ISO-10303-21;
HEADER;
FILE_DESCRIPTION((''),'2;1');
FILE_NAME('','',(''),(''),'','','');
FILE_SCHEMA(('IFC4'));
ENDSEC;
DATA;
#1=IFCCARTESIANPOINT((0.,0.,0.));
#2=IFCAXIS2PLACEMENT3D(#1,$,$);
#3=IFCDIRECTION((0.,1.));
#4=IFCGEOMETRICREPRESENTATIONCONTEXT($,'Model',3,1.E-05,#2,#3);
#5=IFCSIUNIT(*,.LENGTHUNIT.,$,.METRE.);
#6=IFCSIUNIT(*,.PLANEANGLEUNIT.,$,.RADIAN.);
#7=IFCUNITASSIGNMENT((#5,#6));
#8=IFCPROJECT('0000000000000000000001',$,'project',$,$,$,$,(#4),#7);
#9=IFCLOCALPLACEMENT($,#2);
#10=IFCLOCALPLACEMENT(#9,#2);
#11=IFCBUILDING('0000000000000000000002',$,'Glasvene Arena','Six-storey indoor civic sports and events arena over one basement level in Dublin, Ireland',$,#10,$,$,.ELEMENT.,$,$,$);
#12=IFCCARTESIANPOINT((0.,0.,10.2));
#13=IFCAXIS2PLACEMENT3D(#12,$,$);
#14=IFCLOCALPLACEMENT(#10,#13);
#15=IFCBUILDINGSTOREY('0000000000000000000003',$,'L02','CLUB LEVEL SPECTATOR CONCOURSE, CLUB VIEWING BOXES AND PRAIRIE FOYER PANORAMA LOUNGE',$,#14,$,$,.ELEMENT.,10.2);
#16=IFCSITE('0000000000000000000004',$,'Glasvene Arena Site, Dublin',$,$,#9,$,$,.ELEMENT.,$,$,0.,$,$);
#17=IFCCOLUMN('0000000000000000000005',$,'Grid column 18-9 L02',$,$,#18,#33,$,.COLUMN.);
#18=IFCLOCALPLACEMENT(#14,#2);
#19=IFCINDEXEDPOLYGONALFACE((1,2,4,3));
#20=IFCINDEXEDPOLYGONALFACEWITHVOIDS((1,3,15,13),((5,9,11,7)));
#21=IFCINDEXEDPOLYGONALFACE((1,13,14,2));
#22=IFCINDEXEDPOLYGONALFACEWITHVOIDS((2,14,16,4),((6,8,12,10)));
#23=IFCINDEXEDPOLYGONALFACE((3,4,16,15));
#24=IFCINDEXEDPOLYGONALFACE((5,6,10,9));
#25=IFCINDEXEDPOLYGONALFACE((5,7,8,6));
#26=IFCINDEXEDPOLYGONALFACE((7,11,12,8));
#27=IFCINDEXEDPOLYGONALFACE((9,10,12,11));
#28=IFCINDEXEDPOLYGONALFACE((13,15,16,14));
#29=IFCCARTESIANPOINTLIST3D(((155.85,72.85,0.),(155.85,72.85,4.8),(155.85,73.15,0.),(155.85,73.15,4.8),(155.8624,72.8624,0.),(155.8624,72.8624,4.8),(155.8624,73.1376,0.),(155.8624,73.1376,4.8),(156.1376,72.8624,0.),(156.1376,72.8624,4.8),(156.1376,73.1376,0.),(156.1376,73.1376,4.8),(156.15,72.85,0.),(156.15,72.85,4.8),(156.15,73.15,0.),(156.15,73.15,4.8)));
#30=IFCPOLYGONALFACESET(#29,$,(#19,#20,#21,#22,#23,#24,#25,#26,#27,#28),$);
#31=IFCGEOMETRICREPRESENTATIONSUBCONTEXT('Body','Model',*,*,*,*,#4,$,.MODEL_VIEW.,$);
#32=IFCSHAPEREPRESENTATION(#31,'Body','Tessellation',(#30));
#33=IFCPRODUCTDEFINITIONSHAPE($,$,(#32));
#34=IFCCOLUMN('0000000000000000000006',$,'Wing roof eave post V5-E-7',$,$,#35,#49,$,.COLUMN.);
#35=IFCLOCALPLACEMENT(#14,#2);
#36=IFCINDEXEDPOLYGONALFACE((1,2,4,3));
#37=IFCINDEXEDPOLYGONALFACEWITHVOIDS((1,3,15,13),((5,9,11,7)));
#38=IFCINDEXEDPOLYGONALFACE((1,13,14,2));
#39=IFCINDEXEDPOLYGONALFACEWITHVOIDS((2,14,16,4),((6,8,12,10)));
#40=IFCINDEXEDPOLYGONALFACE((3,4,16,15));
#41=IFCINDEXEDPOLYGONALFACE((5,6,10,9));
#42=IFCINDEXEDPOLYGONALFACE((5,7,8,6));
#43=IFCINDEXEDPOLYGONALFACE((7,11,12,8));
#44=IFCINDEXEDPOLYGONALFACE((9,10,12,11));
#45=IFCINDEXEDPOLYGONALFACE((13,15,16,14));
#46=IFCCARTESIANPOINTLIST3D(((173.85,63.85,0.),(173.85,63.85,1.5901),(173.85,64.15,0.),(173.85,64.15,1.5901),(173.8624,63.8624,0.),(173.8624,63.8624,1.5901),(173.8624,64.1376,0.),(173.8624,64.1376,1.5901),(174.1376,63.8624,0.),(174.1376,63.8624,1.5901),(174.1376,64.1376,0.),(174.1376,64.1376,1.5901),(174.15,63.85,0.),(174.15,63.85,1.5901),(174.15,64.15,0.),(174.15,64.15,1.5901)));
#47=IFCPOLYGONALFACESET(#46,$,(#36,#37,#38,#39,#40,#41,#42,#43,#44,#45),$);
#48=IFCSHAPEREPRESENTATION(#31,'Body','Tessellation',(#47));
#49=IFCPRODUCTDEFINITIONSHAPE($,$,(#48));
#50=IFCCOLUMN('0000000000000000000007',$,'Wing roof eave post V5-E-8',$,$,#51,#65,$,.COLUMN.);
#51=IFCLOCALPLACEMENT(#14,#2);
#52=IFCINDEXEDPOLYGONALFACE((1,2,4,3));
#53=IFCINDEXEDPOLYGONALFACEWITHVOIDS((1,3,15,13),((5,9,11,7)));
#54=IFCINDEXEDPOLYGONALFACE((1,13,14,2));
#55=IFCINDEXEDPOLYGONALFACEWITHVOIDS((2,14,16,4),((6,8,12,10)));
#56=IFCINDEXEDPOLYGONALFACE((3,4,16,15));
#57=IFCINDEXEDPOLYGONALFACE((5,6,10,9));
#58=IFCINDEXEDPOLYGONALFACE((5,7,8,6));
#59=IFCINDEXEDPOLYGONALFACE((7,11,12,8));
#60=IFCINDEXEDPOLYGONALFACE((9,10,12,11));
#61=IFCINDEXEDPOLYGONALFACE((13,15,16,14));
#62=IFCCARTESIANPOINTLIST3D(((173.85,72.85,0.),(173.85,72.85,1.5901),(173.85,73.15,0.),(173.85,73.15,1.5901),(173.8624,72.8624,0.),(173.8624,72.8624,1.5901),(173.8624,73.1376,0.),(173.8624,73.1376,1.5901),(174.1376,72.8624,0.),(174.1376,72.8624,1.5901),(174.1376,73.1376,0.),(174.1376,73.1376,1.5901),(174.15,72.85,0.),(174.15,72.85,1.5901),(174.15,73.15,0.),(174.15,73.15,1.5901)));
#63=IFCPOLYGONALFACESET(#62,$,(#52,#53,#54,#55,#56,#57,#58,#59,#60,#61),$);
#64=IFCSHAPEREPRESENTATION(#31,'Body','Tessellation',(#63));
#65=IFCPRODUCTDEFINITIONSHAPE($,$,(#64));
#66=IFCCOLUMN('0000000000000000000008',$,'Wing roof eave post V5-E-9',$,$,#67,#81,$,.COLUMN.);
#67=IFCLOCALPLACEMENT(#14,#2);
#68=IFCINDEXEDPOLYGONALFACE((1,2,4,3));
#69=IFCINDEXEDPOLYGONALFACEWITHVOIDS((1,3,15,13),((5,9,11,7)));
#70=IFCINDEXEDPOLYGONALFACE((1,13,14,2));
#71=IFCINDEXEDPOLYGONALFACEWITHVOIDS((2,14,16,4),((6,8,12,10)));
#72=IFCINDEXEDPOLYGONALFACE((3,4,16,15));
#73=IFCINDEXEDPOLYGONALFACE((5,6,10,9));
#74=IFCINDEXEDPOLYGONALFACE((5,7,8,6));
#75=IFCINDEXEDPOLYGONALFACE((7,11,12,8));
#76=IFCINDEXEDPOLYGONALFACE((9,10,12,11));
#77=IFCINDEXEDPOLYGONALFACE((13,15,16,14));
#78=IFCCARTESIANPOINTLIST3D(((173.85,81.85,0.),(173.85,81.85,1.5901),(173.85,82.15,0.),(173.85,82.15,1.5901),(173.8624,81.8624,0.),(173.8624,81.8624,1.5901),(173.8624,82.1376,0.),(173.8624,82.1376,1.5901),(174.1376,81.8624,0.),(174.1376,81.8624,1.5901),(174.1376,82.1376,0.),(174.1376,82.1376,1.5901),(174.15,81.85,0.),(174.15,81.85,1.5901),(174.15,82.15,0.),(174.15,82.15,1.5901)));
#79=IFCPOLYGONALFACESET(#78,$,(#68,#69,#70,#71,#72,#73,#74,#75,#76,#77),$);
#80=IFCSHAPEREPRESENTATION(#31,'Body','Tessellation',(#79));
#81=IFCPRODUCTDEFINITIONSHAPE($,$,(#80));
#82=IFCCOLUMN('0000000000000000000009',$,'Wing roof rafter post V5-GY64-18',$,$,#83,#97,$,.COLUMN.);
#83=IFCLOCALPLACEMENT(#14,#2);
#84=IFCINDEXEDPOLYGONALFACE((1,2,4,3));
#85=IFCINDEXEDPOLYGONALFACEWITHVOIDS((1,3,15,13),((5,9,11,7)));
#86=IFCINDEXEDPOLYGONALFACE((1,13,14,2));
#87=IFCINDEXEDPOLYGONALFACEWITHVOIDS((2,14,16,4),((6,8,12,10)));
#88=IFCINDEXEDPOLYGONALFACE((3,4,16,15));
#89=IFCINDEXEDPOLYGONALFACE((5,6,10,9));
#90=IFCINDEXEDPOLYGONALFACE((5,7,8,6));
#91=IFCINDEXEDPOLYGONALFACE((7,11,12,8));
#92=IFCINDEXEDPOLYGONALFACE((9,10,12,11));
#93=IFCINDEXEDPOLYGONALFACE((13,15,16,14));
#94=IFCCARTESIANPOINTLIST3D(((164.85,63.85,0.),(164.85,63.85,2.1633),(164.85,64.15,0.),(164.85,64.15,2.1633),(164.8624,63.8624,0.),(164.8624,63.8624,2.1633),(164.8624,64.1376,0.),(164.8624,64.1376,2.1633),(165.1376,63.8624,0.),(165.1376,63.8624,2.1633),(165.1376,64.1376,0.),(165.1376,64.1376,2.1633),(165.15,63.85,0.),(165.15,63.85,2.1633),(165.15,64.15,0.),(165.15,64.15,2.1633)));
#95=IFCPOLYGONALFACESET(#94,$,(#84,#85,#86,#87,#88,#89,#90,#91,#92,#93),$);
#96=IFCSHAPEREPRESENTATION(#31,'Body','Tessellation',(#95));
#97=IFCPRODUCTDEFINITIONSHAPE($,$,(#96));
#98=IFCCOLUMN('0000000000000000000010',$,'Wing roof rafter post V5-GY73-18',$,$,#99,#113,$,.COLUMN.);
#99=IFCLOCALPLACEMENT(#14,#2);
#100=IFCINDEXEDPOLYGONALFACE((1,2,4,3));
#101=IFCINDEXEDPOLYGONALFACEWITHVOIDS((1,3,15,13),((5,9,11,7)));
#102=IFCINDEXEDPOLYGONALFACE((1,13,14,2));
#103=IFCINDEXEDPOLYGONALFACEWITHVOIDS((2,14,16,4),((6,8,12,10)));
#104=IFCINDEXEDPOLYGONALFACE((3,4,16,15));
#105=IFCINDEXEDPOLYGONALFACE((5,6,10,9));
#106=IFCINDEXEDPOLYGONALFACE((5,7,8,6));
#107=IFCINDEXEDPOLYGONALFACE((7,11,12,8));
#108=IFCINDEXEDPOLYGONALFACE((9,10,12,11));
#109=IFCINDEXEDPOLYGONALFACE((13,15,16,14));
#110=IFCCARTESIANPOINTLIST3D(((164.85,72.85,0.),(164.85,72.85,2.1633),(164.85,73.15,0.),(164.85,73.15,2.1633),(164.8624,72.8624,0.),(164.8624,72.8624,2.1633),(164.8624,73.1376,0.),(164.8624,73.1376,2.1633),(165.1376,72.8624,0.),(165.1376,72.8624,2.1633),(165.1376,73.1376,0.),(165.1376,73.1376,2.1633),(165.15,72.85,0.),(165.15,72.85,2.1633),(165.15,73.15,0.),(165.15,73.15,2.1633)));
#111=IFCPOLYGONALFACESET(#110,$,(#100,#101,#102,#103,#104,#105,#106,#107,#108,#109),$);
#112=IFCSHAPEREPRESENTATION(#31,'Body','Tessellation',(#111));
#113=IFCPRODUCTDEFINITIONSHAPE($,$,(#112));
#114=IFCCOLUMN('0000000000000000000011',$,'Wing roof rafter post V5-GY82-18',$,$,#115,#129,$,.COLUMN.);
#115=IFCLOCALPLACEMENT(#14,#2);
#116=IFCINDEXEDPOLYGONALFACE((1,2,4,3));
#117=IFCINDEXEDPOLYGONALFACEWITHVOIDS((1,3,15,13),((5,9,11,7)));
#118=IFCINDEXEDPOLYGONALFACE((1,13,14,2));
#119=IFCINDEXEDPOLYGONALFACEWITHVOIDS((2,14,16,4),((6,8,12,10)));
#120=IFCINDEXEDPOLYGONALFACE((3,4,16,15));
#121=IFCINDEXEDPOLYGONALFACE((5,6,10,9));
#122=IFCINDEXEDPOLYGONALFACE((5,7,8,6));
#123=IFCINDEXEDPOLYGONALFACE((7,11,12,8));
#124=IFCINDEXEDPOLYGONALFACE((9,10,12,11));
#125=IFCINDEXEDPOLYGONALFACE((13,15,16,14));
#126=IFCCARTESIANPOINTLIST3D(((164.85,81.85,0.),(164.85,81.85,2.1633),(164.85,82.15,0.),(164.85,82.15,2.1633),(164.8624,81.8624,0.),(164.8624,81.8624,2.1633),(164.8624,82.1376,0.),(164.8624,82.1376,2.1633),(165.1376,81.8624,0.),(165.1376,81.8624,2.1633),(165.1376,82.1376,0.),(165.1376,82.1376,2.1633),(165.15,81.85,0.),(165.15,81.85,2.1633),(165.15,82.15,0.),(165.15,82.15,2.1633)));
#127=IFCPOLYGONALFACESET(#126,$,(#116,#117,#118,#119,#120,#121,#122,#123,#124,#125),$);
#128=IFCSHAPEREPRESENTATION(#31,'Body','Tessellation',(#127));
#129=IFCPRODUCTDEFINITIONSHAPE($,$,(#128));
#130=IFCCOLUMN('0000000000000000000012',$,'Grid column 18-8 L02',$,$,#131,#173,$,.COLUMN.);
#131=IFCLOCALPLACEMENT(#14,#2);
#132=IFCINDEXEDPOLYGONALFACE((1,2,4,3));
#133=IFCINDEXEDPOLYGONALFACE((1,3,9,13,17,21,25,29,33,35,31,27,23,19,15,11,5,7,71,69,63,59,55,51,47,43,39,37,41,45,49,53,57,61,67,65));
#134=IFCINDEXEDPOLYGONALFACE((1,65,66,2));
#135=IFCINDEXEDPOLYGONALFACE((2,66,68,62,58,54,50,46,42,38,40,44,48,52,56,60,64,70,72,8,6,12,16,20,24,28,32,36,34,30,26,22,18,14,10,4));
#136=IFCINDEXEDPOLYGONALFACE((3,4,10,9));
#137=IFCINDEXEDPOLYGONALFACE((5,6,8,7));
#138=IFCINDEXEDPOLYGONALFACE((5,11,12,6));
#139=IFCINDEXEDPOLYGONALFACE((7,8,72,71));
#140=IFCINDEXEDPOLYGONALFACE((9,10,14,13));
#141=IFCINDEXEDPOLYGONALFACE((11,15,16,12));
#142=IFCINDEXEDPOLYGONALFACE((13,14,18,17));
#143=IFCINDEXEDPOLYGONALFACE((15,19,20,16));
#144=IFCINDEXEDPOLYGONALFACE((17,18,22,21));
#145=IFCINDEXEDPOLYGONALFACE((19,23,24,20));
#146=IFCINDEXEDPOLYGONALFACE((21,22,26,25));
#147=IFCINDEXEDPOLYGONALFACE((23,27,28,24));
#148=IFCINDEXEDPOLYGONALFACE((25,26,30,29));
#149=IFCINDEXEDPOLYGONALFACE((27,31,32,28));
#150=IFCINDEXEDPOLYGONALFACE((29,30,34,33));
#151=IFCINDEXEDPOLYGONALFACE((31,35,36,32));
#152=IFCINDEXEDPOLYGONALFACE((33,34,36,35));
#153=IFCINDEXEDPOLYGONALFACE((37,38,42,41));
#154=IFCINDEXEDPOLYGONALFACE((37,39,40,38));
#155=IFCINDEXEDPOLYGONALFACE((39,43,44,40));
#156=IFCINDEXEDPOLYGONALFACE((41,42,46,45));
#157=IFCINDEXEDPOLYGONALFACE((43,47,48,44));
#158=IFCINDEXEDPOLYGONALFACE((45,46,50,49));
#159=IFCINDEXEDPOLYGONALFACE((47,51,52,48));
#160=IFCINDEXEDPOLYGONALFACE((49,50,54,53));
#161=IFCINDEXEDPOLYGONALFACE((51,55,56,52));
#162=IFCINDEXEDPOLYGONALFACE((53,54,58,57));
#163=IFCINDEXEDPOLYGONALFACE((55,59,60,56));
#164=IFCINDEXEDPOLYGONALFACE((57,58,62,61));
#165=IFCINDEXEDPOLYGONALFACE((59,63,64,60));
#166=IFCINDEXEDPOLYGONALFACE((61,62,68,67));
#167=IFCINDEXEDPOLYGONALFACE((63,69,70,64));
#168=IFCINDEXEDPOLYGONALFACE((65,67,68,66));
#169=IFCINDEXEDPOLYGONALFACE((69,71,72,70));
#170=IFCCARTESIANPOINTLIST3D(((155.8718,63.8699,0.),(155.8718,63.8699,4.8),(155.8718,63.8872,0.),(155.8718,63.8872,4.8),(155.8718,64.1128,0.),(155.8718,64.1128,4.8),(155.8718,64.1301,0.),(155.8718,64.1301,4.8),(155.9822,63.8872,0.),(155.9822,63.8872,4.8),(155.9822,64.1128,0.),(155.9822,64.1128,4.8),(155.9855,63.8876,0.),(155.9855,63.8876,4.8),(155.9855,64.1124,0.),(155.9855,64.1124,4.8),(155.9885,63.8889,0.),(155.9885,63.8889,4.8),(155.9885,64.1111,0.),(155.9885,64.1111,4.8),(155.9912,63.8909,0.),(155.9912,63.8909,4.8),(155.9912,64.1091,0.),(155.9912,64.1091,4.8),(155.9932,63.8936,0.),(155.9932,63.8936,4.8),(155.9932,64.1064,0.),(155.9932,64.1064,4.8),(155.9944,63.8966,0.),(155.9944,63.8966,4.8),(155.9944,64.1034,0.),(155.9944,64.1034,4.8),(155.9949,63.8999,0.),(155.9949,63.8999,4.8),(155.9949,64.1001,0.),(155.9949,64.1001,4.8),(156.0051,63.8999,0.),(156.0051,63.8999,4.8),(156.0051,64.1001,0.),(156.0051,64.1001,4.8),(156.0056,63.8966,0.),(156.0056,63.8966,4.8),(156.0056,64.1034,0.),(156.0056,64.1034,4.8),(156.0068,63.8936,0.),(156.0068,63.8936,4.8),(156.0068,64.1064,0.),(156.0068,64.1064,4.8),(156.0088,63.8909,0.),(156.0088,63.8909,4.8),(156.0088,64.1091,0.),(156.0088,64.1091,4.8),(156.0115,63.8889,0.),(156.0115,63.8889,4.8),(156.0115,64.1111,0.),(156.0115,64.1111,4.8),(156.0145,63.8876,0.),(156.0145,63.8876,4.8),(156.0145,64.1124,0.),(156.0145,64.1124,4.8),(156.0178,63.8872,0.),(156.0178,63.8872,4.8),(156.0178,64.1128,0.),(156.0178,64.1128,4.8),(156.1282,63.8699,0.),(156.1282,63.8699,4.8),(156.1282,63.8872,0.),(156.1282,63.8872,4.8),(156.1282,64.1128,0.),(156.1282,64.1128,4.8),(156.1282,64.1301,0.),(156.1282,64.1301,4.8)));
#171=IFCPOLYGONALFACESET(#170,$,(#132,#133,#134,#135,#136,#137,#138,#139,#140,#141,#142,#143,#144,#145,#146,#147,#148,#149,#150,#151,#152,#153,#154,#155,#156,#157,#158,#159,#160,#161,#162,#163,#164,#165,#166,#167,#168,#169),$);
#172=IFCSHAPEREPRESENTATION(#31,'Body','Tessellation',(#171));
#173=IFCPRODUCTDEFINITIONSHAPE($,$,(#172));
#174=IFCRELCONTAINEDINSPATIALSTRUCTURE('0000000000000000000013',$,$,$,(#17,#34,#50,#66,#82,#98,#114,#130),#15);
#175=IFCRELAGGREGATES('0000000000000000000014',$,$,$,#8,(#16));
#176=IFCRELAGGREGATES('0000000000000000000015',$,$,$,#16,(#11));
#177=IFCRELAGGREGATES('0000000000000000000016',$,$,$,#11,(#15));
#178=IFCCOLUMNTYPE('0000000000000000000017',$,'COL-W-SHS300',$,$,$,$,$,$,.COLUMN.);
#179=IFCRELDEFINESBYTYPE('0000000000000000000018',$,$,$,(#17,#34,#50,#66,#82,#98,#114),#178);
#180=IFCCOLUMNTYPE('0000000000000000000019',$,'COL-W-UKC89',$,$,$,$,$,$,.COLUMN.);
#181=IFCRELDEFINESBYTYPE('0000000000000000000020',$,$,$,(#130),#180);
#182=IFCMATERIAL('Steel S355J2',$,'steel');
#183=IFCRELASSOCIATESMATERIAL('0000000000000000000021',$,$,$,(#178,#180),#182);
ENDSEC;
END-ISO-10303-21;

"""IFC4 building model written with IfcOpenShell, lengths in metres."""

from ifc_helpers import new_model, si_unit, direction, frame, origin, origin_2d, place, context, subcontext, project, spatial, hollow_rectangle, i_section, extrude, material, material_profile, profile_set, type_object, element, save


model = new_model("IFC4")

# Units and contexts
model_context = context("Model", 3, precision=1e-05, world=origin(), true_north=direction((0.0, 1.0)))
body_context = subcontext(model_context, "Body", "Model", "MODEL_VIEW")
ifc_project = project(units=[si_unit("LENGTHUNIT", "METRE"), si_unit("PLANEANGLEUNIT", "RADIAN")], contexts=[model_context])

# Site, building, storey
site_placement = place(None, origin())
site = spatial("IfcSite", under=ifc_project, at=site_placement, Name="Glasvene Arena Site, Dublin", CompositionType="ELEMENT", RefElevation=0.0)
building_placement = place(site_placement, origin())
building = spatial("IfcBuilding", under=site, at=building_placement, Name="Glasvene Arena", Description="Six-storey indoor civic sports and events arena over one basement level in Dublin, Ireland", CompositionType="ELEMENT")
storey_placement = place(building_placement, frame((0.0, 0.0, 10.2)))
storey = spatial("IfcBuildingStorey", under=building, at=storey_placement, Name="L02", Description="CLUB LEVEL SPECTATOR CONCOURSE, CLUB VIEWING BOXES AND PRAIRIE FOYER PANORAMA LOUNGE", CompositionType="ELEMENT", Elevation=10.2)

# Columns
ifc_material_1 = material(Name="Steel S355J2", Category="steel")
ifc_material_profile_1 = material_profile(ifc_material_1, hollow_rectangle(XDim=0.3, YDim=0.3, WallThickness=0.0125, at=origin_2d()), Name="SHS 300x300x12.5")
ifc_profile_set_1 = profile_set([ifc_material_profile_1], Name="Steel S355J2")
column_type_1 = type_object("IfcColumnType", Name="COL-W-SHS300", PredefinedType="COLUMN", material=ifc_profile_set_1)
column_placement = place(storey_placement, frame((156.0, 73.0, 0.0), z_axis=(0.0, 0.0, 1.0), x_axis=(1.0, 0.0, 0.0)))
element("IfcColumn", 1, at=column_placement, inside=storey, type_object=column_type_1, Name="Grid column 18-9 L02", PredefinedType="COLUMN", context=body_context, shape_type="SweptSolid", body=[
    extrude(hollow_rectangle(XDim=0.3, YDim=0.3, WallThickness=0.0125, at=origin_2d()), origin(), (0.0, 0.0, 1.0), 4.8),
])
for number, where, z_axis, x_axis, name in (
    (2, (174.0, 64.0, 0.0), (0.0, 0.0, 1.0), (1.0, 0.0, 0.0), "Wing roof eave post V5-E-7"),
    (3, (174.0, 73.0, 0.0), (0.0, 0.0, 1.0), (1.0, 0.0, 0.0), "Wing roof eave post V5-E-8"),
    (4, (174.0, 82.0, 0.0), (0.0, 0.0, 1.0), (1.0, 0.0, 0.0), "Wing roof eave post V5-E-9"),
):
    element("IfcColumn", number, at=place(storey_placement, frame(where, z_axis=z_axis, x_axis=x_axis)), inside=storey, type_object=column_type_1, Name=name, PredefinedType="COLUMN", context=body_context, shape_type="SweptSolid", body=[
        extrude(hollow_rectangle(XDim=0.3, YDim=0.3, WallThickness=0.0125, at=origin_2d()), origin(), (0.0, 0.0, 1.0), 1.5901),
    ])
for number, where, z_axis, x_axis, name in (
    (5, (165.0, 64.0, 0.0), (0.0, 0.0, 1.0), (1.0, 0.0, 0.0), "Wing roof rafter post V5-GY64-18"),
    (6, (165.0, 73.0, 0.0), (0.0, 0.0, 1.0), (1.0, 0.0, 0.0), "Wing roof rafter post V5-GY73-18"),
    (7, (165.0, 82.0, 0.0), (0.0, 0.0, 1.0), (1.0, 0.0, 0.0), "Wing roof rafter post V5-GY82-18"),
):
    element("IfcColumn", number, at=place(storey_placement, frame(where, z_axis=z_axis, x_axis=x_axis)), inside=storey, type_object=column_type_1, Name=name, PredefinedType="COLUMN", context=body_context, shape_type="SweptSolid", body=[
        extrude(hollow_rectangle(XDim=0.3, YDim=0.3, WallThickness=0.0125, at=origin_2d()), origin(), (0.0, 0.0, 1.0), 2.1633),
    ])
ifc_material_profile_2 = material_profile(ifc_material_1, i_section(OverallWidth=0.2563, OverallDepth=0.2603, WebThickness=0.0103, FlangeThickness=0.0173, FilletRadius=0.0127, at=origin_2d()), Name="UKC 254x254x89")
ifc_profile_set_2 = profile_set([ifc_material_profile_2], Name="Steel S355J2")
column_type_2 = type_object("IfcColumnType", Name="COL-W-UKC89", PredefinedType="COLUMN", material=ifc_profile_set_2)
for number, where, z_axis, x_axis, name in (
    (8, (156.0, 64.0, 0.0), (0.0, 0.0, 1.0), (1.0, 0.0, 0.0), "Grid column 18-8 L02"),
):
    element("IfcColumn", number, at=place(storey_placement, frame(where, z_axis=z_axis, x_axis=x_axis)), inside=storey, type_object=column_type_2, Name=name, PredefinedType="COLUMN", context=body_context, shape_type="SweptSolid", body=[
        extrude(i_section(OverallWidth=0.2563, OverallDepth=0.2603, WebThickness=0.0103, FlangeThickness=0.0173, FilletRadius=0.0127, at=origin_2d()), origin(), (0.0, 0.0, 1.0), 4.8),
    ])

save(model, "model.ifc")
